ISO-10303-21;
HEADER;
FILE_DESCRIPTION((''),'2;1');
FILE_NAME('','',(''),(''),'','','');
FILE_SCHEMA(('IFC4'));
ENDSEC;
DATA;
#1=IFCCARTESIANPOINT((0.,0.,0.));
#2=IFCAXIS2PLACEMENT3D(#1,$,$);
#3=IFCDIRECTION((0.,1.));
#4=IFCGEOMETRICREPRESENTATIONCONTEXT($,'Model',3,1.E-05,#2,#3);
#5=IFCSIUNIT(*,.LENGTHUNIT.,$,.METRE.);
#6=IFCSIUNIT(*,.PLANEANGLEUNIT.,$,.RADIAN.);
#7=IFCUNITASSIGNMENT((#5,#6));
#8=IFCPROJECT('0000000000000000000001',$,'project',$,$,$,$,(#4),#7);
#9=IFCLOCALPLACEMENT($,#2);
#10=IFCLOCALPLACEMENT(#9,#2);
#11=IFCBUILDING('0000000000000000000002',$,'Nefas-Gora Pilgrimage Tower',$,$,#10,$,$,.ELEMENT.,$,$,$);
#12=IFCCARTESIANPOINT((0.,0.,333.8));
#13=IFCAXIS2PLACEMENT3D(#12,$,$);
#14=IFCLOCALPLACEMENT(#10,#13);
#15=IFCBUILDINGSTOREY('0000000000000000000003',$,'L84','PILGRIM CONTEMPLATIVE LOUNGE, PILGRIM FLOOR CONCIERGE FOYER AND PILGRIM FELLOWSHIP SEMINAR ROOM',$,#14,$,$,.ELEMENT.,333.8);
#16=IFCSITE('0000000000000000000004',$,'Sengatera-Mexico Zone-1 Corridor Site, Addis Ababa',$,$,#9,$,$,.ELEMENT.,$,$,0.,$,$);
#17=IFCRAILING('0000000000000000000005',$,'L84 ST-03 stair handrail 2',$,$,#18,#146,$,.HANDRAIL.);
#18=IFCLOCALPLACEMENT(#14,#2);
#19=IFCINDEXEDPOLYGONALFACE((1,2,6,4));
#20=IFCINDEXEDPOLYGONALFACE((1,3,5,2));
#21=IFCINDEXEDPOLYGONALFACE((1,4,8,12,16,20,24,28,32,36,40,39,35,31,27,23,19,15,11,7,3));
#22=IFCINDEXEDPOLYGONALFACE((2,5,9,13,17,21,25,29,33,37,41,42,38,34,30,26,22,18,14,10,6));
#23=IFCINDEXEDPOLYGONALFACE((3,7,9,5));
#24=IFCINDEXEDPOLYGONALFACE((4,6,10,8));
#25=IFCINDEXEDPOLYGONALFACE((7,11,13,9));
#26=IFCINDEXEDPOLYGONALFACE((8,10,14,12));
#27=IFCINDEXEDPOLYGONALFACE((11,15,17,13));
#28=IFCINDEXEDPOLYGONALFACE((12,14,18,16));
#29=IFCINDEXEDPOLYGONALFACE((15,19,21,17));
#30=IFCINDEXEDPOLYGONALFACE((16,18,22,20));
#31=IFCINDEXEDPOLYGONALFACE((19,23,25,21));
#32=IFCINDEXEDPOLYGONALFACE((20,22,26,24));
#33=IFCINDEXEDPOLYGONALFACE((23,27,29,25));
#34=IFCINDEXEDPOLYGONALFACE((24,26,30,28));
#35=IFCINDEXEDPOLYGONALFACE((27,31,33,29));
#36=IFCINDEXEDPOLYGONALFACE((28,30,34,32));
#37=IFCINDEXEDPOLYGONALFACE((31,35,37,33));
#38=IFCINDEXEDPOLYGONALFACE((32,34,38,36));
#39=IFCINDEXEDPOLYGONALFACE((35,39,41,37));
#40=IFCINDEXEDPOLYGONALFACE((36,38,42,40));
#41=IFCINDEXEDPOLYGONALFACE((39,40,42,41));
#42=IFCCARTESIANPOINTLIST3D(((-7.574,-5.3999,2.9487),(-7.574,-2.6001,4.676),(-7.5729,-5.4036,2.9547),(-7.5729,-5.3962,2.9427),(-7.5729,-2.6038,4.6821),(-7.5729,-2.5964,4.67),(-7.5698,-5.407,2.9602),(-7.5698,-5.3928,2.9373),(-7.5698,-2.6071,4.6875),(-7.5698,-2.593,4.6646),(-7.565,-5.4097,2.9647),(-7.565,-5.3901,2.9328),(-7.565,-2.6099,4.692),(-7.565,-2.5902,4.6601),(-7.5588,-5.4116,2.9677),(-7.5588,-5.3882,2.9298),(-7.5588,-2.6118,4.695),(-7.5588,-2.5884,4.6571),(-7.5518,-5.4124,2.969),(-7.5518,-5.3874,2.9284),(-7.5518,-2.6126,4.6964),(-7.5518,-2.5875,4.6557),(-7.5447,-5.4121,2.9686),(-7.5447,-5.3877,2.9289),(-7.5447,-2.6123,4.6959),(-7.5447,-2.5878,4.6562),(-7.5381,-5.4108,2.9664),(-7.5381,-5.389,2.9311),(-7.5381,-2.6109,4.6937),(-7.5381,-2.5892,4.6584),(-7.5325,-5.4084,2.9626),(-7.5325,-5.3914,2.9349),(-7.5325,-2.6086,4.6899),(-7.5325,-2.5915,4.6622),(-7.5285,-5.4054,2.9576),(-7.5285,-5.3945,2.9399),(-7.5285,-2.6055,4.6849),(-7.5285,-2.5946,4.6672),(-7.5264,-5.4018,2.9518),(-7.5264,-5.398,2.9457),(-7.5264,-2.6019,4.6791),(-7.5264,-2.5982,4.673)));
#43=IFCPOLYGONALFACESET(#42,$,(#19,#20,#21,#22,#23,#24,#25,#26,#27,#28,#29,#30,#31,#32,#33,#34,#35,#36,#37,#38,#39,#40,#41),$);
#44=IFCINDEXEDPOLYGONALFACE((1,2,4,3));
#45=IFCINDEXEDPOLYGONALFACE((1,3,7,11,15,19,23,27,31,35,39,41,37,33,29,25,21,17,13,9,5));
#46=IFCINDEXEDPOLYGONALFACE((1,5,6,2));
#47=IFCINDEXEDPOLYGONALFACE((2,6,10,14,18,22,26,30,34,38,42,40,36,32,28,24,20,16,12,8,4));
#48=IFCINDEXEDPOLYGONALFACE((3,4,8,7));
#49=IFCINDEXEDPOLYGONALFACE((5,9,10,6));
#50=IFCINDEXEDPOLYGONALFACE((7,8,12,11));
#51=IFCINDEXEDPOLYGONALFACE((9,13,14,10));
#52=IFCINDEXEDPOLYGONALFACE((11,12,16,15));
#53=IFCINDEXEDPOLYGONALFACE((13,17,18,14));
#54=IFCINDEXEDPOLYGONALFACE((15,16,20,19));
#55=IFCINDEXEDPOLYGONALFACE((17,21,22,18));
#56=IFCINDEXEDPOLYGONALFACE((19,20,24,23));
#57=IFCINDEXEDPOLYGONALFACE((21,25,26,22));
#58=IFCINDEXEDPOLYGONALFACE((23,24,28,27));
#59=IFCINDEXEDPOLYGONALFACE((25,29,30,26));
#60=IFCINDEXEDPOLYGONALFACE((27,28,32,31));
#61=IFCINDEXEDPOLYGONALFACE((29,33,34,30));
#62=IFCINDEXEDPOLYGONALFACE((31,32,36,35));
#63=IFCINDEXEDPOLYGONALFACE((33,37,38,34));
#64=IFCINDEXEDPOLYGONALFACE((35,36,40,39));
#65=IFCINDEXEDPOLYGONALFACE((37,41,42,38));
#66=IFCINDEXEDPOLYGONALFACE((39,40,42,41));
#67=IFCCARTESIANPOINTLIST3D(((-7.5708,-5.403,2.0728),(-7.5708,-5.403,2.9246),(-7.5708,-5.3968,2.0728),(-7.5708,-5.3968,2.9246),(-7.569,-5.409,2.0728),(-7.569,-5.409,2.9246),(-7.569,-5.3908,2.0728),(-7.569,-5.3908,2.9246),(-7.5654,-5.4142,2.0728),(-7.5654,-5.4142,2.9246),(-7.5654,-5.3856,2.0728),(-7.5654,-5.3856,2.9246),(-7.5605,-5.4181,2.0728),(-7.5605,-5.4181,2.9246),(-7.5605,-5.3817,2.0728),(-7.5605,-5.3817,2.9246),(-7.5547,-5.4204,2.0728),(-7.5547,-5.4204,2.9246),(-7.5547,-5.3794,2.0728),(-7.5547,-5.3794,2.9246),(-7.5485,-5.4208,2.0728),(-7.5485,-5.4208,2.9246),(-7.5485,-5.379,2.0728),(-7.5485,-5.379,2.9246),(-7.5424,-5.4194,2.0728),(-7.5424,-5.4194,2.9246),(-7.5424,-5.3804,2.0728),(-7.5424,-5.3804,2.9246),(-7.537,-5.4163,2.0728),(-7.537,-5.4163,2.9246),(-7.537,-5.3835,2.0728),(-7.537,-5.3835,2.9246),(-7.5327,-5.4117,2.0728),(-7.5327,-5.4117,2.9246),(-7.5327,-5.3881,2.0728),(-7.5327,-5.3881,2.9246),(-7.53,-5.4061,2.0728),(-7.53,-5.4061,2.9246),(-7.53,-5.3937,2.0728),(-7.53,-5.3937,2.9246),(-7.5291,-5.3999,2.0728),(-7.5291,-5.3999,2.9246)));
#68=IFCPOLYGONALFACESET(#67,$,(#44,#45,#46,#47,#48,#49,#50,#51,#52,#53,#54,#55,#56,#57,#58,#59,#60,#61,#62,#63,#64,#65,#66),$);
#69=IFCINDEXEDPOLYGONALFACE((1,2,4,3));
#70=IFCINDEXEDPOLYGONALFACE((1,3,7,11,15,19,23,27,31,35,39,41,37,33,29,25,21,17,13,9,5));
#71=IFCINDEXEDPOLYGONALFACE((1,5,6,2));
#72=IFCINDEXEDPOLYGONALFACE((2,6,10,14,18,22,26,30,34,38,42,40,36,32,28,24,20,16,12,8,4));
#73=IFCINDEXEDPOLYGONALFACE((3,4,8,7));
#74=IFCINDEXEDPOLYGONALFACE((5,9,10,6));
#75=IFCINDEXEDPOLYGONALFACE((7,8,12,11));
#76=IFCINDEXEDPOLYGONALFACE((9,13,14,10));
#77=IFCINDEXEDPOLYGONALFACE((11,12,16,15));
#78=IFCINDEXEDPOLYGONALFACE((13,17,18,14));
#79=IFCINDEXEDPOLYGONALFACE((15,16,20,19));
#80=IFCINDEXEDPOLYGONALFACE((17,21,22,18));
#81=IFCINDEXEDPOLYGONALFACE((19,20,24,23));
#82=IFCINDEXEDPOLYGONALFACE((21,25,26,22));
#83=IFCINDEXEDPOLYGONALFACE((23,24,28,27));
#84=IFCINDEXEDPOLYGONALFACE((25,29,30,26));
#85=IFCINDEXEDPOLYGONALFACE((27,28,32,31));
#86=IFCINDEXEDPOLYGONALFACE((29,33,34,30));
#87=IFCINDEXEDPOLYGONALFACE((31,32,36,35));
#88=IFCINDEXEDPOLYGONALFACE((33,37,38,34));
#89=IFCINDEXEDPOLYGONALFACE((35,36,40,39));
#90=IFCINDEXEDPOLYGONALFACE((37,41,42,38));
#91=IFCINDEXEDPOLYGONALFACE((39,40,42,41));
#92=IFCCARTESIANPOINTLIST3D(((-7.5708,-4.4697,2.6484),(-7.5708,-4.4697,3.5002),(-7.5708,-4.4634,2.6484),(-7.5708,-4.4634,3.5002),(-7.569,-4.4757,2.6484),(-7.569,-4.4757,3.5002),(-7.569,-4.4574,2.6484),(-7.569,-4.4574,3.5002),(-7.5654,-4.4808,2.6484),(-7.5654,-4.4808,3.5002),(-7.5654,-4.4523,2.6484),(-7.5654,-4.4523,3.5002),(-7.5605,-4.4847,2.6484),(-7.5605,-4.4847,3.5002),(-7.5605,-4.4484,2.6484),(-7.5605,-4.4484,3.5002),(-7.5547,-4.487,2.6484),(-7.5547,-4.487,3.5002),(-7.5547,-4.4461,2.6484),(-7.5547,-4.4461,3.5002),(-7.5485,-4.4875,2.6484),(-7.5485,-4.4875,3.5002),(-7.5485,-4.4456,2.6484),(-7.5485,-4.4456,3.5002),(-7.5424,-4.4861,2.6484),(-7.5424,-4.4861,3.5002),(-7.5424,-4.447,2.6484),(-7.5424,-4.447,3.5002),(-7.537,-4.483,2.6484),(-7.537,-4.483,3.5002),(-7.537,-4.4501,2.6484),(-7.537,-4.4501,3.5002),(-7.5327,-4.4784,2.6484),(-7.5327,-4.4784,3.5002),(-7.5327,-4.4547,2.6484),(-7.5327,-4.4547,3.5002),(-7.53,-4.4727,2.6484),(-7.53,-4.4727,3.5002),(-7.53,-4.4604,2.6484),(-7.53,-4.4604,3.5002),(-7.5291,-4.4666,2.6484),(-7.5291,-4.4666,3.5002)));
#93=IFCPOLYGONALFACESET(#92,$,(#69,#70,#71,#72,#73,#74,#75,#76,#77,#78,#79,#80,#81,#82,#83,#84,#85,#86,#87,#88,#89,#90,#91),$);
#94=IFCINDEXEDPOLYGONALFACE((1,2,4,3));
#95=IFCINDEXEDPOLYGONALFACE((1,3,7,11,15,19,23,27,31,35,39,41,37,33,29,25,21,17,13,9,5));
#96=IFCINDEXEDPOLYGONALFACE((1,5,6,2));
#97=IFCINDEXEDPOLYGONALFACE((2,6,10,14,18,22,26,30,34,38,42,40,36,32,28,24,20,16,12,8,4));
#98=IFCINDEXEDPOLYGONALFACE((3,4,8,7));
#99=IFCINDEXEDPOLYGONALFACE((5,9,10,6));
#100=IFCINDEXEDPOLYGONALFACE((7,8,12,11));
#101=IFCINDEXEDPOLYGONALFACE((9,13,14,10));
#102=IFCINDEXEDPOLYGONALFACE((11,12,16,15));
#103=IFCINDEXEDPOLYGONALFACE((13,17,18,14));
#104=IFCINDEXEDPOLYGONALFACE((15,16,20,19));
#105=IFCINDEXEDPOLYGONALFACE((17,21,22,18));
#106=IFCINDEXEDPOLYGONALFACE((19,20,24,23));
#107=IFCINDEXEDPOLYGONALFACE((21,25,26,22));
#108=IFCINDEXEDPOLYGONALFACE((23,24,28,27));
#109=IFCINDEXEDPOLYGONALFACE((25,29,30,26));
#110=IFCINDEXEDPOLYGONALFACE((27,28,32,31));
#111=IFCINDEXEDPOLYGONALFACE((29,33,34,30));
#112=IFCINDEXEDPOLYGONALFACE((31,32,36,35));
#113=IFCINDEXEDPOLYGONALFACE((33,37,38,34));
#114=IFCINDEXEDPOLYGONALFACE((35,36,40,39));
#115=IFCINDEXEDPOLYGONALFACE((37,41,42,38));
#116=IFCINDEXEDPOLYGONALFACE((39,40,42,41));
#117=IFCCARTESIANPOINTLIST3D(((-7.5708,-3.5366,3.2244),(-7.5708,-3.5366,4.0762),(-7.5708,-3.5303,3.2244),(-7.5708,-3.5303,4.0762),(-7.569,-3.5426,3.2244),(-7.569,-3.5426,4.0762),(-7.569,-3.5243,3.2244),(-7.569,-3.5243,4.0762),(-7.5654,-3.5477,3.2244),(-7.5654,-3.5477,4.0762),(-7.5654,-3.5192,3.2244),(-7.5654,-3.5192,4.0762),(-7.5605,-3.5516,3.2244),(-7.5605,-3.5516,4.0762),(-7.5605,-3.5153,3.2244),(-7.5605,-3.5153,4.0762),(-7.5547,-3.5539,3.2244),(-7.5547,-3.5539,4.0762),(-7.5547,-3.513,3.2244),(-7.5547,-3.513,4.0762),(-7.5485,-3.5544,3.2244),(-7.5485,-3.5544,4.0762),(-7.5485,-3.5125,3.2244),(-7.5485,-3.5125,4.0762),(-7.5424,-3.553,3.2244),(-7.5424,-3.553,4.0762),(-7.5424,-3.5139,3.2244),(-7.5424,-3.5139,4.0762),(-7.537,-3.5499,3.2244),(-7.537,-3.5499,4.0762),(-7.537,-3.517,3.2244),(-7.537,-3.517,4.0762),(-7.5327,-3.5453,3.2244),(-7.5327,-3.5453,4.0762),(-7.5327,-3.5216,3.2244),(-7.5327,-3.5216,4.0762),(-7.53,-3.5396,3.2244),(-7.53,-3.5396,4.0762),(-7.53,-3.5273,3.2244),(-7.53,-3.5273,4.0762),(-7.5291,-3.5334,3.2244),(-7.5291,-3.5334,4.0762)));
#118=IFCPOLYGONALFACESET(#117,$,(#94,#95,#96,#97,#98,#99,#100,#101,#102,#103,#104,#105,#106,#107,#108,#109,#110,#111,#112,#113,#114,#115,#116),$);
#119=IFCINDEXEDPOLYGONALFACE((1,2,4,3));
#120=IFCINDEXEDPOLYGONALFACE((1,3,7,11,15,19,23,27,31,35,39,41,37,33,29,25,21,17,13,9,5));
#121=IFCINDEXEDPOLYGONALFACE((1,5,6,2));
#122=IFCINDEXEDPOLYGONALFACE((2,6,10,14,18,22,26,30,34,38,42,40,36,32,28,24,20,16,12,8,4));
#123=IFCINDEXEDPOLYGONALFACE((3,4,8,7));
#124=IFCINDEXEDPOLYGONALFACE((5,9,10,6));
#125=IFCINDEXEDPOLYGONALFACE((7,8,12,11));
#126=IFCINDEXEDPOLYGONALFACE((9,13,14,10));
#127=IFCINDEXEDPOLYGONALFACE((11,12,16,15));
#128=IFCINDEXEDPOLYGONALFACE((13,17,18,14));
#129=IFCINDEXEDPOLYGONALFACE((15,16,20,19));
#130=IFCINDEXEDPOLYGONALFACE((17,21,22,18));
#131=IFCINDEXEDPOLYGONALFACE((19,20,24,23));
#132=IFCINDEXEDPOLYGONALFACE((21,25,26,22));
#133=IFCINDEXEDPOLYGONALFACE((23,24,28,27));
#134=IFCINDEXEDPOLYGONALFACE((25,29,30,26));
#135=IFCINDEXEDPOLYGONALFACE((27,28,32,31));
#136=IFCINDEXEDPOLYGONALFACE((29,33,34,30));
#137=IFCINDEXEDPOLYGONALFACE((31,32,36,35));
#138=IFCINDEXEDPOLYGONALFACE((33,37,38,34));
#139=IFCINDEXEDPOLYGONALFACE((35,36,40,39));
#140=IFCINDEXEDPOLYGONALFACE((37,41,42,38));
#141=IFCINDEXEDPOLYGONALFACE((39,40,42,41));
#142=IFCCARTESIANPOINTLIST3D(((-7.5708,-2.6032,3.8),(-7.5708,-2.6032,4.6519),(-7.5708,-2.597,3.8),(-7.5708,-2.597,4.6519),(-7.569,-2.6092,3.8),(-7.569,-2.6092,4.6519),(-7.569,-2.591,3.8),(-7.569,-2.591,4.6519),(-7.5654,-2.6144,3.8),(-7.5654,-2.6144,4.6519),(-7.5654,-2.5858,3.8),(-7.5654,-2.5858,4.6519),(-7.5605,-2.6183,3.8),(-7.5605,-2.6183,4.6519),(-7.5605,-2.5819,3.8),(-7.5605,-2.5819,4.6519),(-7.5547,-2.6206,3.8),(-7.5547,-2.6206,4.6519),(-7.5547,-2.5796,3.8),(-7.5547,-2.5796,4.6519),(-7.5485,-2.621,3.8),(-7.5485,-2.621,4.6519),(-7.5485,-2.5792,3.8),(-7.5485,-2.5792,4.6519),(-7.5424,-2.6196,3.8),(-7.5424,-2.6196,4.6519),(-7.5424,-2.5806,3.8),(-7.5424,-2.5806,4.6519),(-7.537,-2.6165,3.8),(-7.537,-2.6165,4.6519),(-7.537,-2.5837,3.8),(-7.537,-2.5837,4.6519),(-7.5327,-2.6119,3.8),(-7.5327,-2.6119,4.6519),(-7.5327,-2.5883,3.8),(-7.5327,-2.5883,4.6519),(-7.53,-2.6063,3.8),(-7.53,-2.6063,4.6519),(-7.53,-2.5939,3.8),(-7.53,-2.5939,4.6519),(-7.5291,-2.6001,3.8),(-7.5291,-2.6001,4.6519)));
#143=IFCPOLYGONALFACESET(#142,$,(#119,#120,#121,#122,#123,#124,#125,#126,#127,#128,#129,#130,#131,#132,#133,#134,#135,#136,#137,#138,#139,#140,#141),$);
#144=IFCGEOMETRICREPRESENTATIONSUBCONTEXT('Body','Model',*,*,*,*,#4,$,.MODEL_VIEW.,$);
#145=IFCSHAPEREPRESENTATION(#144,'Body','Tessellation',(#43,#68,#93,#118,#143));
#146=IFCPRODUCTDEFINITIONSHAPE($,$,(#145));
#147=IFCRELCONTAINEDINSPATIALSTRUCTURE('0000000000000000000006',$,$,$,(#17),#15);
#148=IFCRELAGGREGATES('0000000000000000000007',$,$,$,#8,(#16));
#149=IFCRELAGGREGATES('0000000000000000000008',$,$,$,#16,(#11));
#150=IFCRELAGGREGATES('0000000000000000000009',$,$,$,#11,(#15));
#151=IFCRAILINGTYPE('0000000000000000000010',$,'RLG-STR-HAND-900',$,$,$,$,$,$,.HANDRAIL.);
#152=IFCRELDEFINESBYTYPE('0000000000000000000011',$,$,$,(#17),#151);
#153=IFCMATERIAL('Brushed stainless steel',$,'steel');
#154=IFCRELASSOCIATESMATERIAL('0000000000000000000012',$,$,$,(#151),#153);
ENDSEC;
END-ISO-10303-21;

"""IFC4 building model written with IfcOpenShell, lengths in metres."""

from ifc_helpers import new_model, si_unit, direction, frame, origin, origin_2d, place, context, subcontext, project, spatial, circle, extrude, material, type_object, element, save


model = new_model("IFC4")

# Units and contexts
model_context = context("Model", 3, precision=1e-05, world=origin(), true_north=direction((0.0, 1.0)))
body_context = subcontext(model_context, "Body", "Model", "MODEL_VIEW")
ifc_project = project(units=[si_unit("LENGTHUNIT", "METRE"), si_unit("PLANEANGLEUNIT", "RADIAN")], contexts=[model_context])

# Site, building, storey
site_placement = place(None, origin())
site = spatial("IfcSite", under=ifc_project, at=site_placement, Name="Sengatera-Mexico Zone-1 Corridor Site, Addis Ababa", CompositionType="ELEMENT", RefElevation=0.0)
building_placement = place(site_placement, origin())
building = spatial("IfcBuilding", under=site, at=building_placement, Name="Nefas-Gora Pilgrimage Tower", CompositionType="ELEMENT")
storey_placement = place(building_placement, frame((0.0, 0.0, 333.8)))
storey = spatial("IfcBuildingStorey", under=building, at=storey_placement, Name="L84", Description="PILGRIM CONTEMPLATIVE LOUNGE, PILGRIM FLOOR CONCIERGE FOYER AND PILGRIM FELLOWSHIP SEMINAR ROOM", CompositionType="ELEMENT", Elevation=333.8)

# Railing
ifc_material_1 = material(Name="Brushed stainless steel", Category="steel")
railing_type_1 = type_object("IfcRailingType", Name="RLG-STR-HAND-900", PredefinedType="HANDRAIL", material=ifc_material_1)
railing_1_placement = place(storey_placement, frame((-7.55, -5.3999, 2.0728)))
element("IfcRailing", 1, at=railing_1_placement, inside=storey, type_object=railing_type_1, Name="L84 ST-03 stair handrail 2", PredefinedType="HANDRAIL", context=body_context, shape_type="SweptSolid", body=[
    extrude(circle(Radius=0.0239, at=origin_2d()), frame((0.0, 0.0, 0.876), z_axis=(0.0, 0.851069, 0.525054), x_axis=(-1.0, 0.0, 0.0)), (0.0, 0.0, 1.0), 3.2898),
    extrude(circle(Radius=0.021, at=origin_2d()), origin(), (0.0, 0.0, 1.0), 0.8518),
    extrude(circle(Radius=0.021, at=origin_2d()), frame((0.0, 0.9333, 0.5757)), (0.0, 0.0, 1.0), 0.8518),
    extrude(circle(Radius=0.021, at=origin_2d()), frame((0.0, 1.8665, 1.1516)), (0.0, 0.0, 1.0), 0.8518),
    extrude(circle(Radius=0.021, at=origin_2d()), frame((0.0, 2.7998, 1.7273)), (0.0, 0.0, 1.0), 0.8518),
])

save(model, "model.ifc")
